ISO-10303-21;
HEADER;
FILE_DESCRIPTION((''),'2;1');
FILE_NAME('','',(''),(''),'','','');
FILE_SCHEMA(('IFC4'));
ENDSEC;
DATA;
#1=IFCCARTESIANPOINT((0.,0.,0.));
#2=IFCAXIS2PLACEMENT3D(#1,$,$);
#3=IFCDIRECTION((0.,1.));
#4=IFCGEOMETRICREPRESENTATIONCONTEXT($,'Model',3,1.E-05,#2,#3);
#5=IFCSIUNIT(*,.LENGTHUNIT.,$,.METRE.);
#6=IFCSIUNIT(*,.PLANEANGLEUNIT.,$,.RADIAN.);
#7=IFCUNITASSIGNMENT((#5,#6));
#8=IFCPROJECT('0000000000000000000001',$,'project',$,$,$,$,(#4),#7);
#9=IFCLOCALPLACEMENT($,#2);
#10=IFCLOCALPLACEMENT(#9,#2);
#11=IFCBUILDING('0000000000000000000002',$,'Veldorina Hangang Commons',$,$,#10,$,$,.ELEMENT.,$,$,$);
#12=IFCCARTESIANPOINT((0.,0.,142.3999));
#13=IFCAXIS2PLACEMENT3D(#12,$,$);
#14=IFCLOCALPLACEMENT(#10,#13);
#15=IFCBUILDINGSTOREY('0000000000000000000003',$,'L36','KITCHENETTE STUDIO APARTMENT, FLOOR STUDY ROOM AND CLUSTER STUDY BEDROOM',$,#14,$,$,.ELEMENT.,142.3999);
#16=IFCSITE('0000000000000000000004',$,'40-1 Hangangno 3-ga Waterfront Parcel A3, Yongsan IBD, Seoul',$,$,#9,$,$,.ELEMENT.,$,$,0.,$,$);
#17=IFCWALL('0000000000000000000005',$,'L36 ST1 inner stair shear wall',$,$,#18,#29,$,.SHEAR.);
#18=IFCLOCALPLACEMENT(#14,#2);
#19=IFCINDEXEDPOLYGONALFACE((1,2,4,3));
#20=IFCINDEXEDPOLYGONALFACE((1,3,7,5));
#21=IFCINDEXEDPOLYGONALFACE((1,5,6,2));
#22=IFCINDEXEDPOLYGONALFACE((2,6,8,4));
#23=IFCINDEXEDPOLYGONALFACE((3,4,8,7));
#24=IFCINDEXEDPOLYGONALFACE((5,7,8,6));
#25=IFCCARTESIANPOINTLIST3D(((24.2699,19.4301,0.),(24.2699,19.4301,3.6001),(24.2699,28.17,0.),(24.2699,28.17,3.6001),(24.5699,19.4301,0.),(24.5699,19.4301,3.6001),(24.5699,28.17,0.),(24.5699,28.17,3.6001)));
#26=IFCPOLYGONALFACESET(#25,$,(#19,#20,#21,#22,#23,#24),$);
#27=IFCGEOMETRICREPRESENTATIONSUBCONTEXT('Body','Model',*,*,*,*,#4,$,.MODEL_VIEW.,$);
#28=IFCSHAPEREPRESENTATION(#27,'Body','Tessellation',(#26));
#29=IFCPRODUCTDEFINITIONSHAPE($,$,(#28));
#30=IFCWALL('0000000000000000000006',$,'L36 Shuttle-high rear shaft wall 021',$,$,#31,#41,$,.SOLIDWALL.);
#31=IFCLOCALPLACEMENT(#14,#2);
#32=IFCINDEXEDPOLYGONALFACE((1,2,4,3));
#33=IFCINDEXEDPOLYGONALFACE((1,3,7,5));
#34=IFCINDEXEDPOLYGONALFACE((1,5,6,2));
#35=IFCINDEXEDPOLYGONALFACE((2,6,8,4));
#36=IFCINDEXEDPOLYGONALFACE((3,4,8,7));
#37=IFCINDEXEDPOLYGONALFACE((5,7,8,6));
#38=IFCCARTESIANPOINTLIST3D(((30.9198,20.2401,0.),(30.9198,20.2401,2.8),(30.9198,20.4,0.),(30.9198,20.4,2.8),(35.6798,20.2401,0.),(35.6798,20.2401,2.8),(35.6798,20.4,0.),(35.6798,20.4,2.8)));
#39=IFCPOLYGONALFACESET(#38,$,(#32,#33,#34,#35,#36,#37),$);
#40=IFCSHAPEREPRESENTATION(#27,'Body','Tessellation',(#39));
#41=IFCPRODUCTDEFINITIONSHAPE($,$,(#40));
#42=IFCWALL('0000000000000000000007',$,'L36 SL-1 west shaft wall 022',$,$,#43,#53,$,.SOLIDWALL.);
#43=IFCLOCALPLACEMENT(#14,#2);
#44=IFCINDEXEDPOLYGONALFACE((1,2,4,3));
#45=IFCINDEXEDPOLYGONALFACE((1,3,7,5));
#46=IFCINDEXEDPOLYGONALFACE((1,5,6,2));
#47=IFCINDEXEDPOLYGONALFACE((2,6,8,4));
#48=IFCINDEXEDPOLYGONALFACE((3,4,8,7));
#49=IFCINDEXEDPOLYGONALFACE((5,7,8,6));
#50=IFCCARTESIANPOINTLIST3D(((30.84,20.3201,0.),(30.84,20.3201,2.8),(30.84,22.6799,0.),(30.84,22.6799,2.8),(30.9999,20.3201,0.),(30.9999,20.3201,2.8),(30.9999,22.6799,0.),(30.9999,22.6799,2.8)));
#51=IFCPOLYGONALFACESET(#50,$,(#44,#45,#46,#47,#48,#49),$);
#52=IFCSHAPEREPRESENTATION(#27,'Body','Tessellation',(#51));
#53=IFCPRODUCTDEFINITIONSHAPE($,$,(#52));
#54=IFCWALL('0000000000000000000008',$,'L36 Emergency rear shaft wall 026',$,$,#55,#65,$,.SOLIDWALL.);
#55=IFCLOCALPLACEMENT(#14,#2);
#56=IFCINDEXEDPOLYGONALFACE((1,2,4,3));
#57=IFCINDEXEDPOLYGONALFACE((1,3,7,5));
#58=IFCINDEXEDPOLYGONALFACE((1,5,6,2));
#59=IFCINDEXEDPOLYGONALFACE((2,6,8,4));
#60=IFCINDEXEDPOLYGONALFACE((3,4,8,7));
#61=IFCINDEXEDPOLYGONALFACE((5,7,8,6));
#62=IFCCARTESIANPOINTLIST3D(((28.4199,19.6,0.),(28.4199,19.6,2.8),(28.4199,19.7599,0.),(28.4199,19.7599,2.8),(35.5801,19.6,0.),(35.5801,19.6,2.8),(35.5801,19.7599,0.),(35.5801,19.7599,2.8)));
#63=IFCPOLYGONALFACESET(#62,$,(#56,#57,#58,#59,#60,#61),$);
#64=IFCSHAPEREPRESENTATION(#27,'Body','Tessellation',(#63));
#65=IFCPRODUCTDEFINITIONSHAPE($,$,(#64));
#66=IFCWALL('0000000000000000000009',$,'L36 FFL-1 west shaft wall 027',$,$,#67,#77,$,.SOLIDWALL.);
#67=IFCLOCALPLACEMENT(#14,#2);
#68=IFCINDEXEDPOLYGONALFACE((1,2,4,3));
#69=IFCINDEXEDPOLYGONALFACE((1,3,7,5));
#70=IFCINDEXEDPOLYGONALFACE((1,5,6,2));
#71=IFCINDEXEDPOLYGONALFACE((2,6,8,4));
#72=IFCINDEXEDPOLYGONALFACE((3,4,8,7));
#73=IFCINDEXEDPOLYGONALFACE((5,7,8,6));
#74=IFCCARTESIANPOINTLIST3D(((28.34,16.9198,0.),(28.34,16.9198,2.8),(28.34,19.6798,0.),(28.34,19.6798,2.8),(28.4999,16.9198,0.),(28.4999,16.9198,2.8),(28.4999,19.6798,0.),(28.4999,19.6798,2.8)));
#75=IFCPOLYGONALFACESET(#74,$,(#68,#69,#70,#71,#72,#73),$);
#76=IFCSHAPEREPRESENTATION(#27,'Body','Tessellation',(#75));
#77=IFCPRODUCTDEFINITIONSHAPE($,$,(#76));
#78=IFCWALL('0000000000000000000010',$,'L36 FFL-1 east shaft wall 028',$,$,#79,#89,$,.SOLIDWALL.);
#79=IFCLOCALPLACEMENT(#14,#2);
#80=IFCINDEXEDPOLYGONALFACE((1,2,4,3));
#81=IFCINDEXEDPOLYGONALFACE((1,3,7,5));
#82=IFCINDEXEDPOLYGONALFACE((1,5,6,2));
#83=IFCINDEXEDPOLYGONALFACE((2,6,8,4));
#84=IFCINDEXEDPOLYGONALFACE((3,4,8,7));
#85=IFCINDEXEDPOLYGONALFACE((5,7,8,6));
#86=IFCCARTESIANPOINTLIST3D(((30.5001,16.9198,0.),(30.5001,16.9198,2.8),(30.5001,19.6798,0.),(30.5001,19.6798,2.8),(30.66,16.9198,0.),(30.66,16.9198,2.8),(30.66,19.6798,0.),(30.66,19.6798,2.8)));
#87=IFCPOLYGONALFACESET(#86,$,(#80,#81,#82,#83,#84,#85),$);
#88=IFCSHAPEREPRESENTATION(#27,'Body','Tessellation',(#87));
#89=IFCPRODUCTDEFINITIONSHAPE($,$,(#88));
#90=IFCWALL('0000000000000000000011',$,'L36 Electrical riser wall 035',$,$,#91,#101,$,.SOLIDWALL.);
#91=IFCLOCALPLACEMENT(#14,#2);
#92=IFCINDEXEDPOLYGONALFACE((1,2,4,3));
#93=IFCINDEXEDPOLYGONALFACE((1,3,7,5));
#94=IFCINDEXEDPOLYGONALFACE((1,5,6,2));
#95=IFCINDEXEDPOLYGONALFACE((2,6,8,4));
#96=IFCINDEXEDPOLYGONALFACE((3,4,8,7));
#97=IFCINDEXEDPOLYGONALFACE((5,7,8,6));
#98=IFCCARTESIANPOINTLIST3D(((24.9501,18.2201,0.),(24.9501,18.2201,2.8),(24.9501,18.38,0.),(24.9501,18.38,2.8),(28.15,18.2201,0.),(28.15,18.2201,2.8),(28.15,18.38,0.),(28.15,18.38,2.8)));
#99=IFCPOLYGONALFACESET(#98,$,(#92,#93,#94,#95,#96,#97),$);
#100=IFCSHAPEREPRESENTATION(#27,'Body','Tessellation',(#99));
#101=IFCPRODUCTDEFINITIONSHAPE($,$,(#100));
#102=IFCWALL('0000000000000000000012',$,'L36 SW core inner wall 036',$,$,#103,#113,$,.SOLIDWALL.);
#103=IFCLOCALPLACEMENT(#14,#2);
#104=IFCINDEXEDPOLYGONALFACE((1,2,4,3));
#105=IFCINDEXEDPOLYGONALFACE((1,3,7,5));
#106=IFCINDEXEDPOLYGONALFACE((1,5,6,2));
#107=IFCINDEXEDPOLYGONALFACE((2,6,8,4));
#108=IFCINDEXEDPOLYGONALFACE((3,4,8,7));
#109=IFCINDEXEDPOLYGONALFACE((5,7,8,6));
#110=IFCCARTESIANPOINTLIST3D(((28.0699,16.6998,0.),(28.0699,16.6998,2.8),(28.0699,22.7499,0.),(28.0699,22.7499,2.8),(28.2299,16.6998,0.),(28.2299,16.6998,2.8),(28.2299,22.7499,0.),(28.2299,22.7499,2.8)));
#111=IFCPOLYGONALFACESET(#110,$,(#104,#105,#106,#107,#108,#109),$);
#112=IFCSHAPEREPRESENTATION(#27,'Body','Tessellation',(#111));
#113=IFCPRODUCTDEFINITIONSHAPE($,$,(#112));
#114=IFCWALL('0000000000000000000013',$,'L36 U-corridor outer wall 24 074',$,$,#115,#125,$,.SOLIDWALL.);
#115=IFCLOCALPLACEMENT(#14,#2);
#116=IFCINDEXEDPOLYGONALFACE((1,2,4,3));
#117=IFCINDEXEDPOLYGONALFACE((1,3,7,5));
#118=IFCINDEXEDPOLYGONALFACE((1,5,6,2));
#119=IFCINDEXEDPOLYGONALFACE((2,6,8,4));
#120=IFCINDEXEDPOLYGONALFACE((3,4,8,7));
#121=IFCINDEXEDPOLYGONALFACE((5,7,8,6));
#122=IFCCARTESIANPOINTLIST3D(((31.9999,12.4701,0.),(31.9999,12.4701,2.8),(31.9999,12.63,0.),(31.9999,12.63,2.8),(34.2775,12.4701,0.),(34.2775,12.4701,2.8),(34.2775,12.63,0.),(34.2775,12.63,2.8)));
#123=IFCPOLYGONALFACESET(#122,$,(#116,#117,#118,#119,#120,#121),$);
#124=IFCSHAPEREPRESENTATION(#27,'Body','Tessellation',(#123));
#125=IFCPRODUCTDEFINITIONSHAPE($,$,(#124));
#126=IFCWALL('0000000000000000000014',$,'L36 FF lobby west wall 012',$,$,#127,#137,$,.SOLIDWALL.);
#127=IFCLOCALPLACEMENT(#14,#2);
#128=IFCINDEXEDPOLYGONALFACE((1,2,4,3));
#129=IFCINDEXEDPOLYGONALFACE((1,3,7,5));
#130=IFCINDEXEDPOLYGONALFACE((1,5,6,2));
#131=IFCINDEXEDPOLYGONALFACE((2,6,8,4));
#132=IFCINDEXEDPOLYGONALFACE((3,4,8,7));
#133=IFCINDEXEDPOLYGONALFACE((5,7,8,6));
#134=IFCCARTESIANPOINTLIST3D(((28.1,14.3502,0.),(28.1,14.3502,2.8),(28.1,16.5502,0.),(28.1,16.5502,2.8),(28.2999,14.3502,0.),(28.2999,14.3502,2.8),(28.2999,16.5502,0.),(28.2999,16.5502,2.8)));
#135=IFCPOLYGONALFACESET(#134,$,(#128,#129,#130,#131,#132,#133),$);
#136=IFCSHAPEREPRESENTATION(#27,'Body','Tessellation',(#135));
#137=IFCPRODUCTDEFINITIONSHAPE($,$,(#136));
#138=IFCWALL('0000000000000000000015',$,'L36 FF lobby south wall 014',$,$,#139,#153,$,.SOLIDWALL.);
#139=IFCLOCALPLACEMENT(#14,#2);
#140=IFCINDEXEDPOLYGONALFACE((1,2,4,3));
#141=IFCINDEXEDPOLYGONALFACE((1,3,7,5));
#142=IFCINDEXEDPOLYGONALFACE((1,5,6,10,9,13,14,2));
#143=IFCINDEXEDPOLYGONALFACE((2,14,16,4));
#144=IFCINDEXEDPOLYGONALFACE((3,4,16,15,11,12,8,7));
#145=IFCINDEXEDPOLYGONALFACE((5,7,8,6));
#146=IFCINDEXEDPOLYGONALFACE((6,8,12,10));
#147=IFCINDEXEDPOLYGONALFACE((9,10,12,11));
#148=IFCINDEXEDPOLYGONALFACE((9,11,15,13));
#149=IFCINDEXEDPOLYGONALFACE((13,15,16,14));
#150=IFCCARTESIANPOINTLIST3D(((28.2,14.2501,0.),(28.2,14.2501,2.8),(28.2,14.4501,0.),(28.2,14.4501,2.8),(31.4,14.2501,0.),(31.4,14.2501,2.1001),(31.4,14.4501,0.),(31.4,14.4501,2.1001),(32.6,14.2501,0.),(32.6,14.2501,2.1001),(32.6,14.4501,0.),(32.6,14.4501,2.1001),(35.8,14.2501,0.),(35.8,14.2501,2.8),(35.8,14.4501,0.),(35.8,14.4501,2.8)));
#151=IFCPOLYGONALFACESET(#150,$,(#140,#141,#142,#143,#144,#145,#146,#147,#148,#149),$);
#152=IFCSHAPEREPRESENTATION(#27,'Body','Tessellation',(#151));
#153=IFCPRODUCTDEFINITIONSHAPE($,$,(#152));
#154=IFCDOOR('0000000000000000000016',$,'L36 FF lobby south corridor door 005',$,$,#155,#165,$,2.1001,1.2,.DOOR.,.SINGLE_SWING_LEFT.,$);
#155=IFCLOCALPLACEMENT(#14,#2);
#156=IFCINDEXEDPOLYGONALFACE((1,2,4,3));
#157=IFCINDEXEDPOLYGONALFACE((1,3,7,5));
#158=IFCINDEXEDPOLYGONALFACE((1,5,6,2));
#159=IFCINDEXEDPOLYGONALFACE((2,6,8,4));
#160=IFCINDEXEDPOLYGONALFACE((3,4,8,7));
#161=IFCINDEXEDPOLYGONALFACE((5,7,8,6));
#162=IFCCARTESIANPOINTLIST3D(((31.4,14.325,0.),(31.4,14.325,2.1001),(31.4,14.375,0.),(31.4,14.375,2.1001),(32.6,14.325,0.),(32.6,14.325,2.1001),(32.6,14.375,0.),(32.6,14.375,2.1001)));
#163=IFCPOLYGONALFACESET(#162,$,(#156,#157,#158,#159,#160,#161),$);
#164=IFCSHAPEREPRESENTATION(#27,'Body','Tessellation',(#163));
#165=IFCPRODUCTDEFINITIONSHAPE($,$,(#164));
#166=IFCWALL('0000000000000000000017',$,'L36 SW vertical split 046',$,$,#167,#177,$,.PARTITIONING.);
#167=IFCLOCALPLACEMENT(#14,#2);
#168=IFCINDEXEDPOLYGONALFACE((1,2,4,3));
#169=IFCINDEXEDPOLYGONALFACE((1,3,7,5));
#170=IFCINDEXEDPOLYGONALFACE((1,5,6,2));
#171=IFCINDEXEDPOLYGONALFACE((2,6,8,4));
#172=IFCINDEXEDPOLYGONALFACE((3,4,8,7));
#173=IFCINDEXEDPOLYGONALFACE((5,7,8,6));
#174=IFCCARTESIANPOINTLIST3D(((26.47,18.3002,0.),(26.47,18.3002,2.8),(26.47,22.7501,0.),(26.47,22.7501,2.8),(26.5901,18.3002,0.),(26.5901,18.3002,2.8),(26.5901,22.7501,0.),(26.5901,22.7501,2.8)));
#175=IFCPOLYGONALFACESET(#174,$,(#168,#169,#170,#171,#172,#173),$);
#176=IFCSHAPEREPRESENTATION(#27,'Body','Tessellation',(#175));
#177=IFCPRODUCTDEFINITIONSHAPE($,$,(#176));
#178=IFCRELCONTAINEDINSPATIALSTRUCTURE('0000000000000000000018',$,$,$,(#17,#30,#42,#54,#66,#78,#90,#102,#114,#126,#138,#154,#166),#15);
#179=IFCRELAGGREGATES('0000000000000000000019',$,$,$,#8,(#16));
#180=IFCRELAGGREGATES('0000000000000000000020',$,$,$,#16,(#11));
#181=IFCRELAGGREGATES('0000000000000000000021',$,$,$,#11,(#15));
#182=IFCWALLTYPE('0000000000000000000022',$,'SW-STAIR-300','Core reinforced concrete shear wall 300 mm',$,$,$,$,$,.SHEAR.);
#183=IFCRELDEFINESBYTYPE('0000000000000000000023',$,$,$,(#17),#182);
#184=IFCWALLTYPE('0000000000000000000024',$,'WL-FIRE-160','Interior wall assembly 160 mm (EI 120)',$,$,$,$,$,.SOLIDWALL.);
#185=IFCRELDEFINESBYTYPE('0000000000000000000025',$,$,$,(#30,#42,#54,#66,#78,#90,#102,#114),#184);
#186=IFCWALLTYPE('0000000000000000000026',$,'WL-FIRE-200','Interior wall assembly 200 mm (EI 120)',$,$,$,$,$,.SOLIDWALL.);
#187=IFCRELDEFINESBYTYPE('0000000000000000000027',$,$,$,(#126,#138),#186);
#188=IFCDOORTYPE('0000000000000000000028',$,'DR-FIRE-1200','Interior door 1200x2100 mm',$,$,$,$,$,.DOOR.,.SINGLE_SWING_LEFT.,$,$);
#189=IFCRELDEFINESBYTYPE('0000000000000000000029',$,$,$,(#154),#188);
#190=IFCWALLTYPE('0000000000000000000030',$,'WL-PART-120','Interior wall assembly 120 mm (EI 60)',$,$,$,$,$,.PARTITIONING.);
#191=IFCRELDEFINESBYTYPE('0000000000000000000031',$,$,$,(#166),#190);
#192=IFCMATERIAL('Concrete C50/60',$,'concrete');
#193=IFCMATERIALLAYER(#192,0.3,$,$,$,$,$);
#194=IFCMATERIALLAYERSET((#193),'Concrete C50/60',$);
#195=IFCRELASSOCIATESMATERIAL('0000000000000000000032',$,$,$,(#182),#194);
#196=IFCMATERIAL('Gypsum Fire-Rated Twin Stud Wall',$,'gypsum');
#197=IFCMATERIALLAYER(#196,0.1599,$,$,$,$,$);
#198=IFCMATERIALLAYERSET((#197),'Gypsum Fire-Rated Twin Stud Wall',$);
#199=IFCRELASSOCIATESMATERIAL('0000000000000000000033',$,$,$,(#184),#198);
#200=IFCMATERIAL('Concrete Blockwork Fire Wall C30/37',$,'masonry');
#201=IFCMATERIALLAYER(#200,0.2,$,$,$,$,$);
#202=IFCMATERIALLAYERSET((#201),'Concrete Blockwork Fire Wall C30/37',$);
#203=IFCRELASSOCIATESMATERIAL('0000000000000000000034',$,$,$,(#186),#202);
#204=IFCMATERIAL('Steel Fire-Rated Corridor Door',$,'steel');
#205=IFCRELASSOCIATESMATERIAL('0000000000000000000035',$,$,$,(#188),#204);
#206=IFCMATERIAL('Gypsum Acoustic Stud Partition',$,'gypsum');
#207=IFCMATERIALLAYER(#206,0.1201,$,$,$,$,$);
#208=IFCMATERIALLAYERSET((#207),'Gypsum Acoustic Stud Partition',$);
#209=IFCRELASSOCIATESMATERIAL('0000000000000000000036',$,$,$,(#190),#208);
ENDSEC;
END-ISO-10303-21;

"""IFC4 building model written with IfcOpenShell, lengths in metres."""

from ifc_helpers import new_model, si_unit, direction, frame, frame_2d, origin, place, context, subcontext, project, spatial, rectangle, extrude, material, layer, layer_set, type_object, element, fill, save


model = new_model("IFC4")

# Units and contexts
model_context = context("Model", 3, precision=1e-05, world=origin(), true_north=direction((0.0, 1.0)))
body_context = subcontext(model_context, "Body", "Model", "MODEL_VIEW")
ifc_project = project(units=[si_unit("LENGTHUNIT", "METRE"), si_unit("PLANEANGLEUNIT", "RADIAN")], contexts=[model_context])

# Site, building, storey
site_placement = place(None, origin())
site = spatial("IfcSite", under=ifc_project, at=site_placement, Name="40-1 Hangangno 3-ga Waterfront Parcel A3, Yongsan IBD, Seoul", CompositionType="ELEMENT", RefElevation=0.0)
building_placement = place(site_placement, origin())
building = spatial("IfcBuilding", under=site, at=building_placement, Name="Veldorina Hangang Commons", CompositionType="ELEMENT")
storey_placement = place(building_placement, frame((0.0, 0.0, 142.3999)))
storey = spatial("IfcBuildingStorey", under=building, at=storey_placement, Name="L36", Description="KITCHENETTE STUDIO APARTMENT, FLOOR STUDY ROOM AND CLUSTER STUDY BEDROOM", CompositionType="ELEMENT", Elevation=142.3999)

# Walls
ifc_material_1 = material(Name="Concrete C50/60", Category="concrete")
ifc_layer_1 = layer(ifc_material_1, 0.3)
ifc_layer_set_1 = layer_set([ifc_layer_1], Name="Concrete C50/60")
wall_type_1 = type_object("IfcWallType", Name="SW-STAIR-300", Description="Core reinforced concrete shear wall 300 mm", PredefinedType="SHEAR", material=ifc_layer_set_1)
wall_1_placement = place(storey_placement, frame((24.4199, 19.4299, 0.0), z_axis=(0.0, 0.0, 1.0), x_axis=(0.0, 1.0, 0.0)))
element("IfcWall", 1, at=wall_1_placement, inside=storey, type_object=wall_type_1, Name="L36 ST1 inner stair shear wall", PredefinedType="SHEAR", context=body_context, shape_type="SweptSolid", body=[
    extrude(rectangle(XDim=8.74, YDim=0.3, at=frame_2d((4.3701, 0.0))), origin(), (0.0, 0.0, 1.0), 3.6001),
])
ifc_material_2 = material(Name="Gypsum Fire-Rated Twin Stud Wall", Category="gypsum")
ifc_layer_2 = layer(ifc_material_2, 0.1599)
ifc_layer_set_2 = layer_set([ifc_layer_2], Name="Gypsum Fire-Rated Twin Stud Wall")
wall_type_2 = type_object("IfcWallType", Name="WL-FIRE-160", Description="Interior wall assembly 160 mm (EI 120)", PredefinedType="SOLIDWALL", material=ifc_layer_set_2)
wall_2_placement = place(storey_placement, frame((30.9199, 20.3201, 0.0), z_axis=(0.0, 0.0, 1.0), x_axis=(1.0, 0.0, 0.0)))
element("IfcWall", 2, at=wall_2_placement, inside=storey, type_object=wall_type_2, Name="L36 Shuttle-high rear shaft wall 021", PredefinedType="SOLIDWALL", context=body_context, shape_type="SweptSolid", body=[
    extrude(rectangle(XDim=4.76, YDim=0.1599, at=frame_2d((2.3799, 0.0))), origin(), (0.0, 0.0, 1.0), 2.8),
])
wall_3_placement = place(storey_placement, frame((30.9199, 20.3201, 0.0), z_axis=(0.0, 0.0, 1.0), x_axis=(0.0, 1.0, 0.0)))
element("IfcWall", 3, at=wall_3_placement, inside=storey, type_object=wall_type_2, Name="L36 SL-1 west shaft wall 022", PredefinedType="SOLIDWALL", context=body_context, shape_type="SweptSolid", body=[
    extrude(rectangle(XDim=2.3599, YDim=0.1599, at=frame_2d((1.1799, 0.0))), origin(), (0.0, 0.0, 1.0), 2.8),
])

# Walls
wall_4_placement = place(storey_placement, frame((28.4199, 19.6799, 0.0), z_axis=(0.0, 0.0, 1.0), x_axis=(1.0, 0.0, 0.0)))
element("IfcWall", 4, at=wall_4_placement, inside=storey, type_object=wall_type_2, Name="L36 Emergency rear shaft wall 026", PredefinedType="SOLIDWALL", context=body_context, shape_type="SweptSolid", body=[
    extrude(rectangle(XDim=7.1602, YDim=0.1599, at=frame_2d((3.5801, 0.0))), origin(), (0.0, 0.0, 1.0), 2.8),
])
for number, where, z_axis, x_axis, name in (
    (5, (28.4199, 16.9199, 0.0), (0.0, 0.0, 1.0), (0.0, 1.0, 0.0), "L36 FFL-1 west shaft wall 027"),
    (6, (30.5801, 16.9199, 0.0), (0.0, 0.0, 1.0), (0.0, 1.0, 0.0), "L36 FFL-1 east shaft wall 028"),
):
    element("IfcWall", number, at=place(storey_placement, frame(where, z_axis=z_axis, x_axis=x_axis)), inside=storey, type_object=wall_type_2, Name=name, PredefinedType="SOLIDWALL", context=body_context, shape_type="SweptSolid", body=[
        extrude(rectangle(XDim=2.76, YDim=0.1599, at=frame_2d((1.3799, 0.0))), origin(), (0.0, 0.0, 1.0), 2.8),
    ])
wall_5_placement = place(storey_placement, frame((24.95, 18.3, 0.0), z_axis=(0.0, 0.0, 1.0), x_axis=(1.0, 0.0, 0.0)))
element("IfcWall", 7, at=wall_5_placement, inside=storey, type_object=wall_type_2, Name="L36 Electrical riser wall 035", PredefinedType="SOLIDWALL", context=body_context, shape_type="SweptSolid", body=[
    extrude(rectangle(XDim=3.2, YDim=0.1599, at=frame_2d((1.6001, 0.0))), origin(), (0.0, 0.0, 1.0), 2.8),
])
wall_6_placement = place(storey_placement, frame((28.1499, 16.7, 0.0), z_axis=(0.0, 0.0, 1.0), x_axis=(0.0, 1.0, 0.0)))
element("IfcWall", 8, at=wall_6_placement, inside=storey, type_object=wall_type_2, Name="L36 SW core inner wall 036", PredefinedType="SOLIDWALL", context=body_context, shape_type="SweptSolid", body=[
    extrude(rectangle(XDim=6.05, YDim=0.1599, at=frame_2d((3.0249, 0.0))), origin(), (0.0, 0.0, 1.0), 2.8),
])
wall_7_placement = place(storey_placement, frame((32.0, 12.55, 0.0), z_axis=(0.0, 0.0, 1.0), x_axis=(1.0, 0.0, 0.0)))
element("IfcWall", 9, at=wall_7_placement, inside=storey, type_object=wall_type_2, Name="L36 U-corridor outer wall 24 074", PredefinedType="SOLIDWALL", context=body_context, shape_type="SweptSolid", body=[
    extrude(rectangle(XDim=2.2776, YDim=0.1599, at=frame_2d((1.1387, 0.0))), origin(), (0.0, 0.0, 1.0), 2.8),
])
ifc_material_3 = material(Name="Concrete Blockwork Fire Wall C30/37", Category="masonry")
ifc_layer_3 = layer(ifc_material_3, 0.2)
ifc_layer_set_3 = layer_set([ifc_layer_3], Name="Concrete Blockwork Fire Wall C30/37")
wall_type_3 = type_object("IfcWallType", Name="WL-FIRE-200", Description="Interior wall assembly 200 mm (EI 120)", PredefinedType="SOLIDWALL", material=ifc_layer_set_3)
wall_8_placement = place(storey_placement, frame((28.2, 14.3501, 0.0), z_axis=(0.0, 0.0, 1.0), x_axis=(0.0, 1.0, 0.0)))
element("IfcWall", 10, at=wall_8_placement, inside=storey, type_object=wall_type_3, Name="L36 FF lobby west wall 012", PredefinedType="SOLIDWALL", context=body_context, shape_type="SweptSolid", body=[
    extrude(rectangle(XDim=2.2, YDim=0.2, at=frame_2d((1.1001, 0.0))), origin(), (0.0, 0.0, 1.0), 2.8),
])

# Wall, opening, door
wall_9_placement = place(storey_placement, frame((28.2, 14.3501, 0.0), z_axis=(0.0, 0.0, 1.0), x_axis=(1.0, 0.0, 0.0)))
wall_9 = element("IfcWall", 11, at=wall_9_placement, inside=storey, type_object=wall_type_3, Name="L36 FF lobby south wall 014", PredefinedType="SOLIDWALL", context=body_context, shape_type="SweptSolid", body=[
    extrude(rectangle(XDim=7.6001, YDim=0.2, at=frame_2d((3.8, 0.0))), origin(), (0.0, 0.0, 1.0), 2.8),
])
opening_1_placement = place(wall_9_placement, frame((3.2, 0.0, 0.0)))
opening_1 = element("IfcOpeningElement", 12, at=opening_1_placement, cuts=wall_9, PredefinedType="OPENING", context=body_context, shape_type="SweptSolid", body=[
    extrude(rectangle(XDim=1.2, YDim=2.1001, at=frame_2d((0.6001, 1.05))), frame((0.0, 0.1099, 0.0), z_axis=(0.0, -1.0, 0.0), x_axis=(1.0, 0.0, 0.0)), (0.0, 0.0, 1.0), 0.22),
])
ifc_material_4 = material(Name="Steel Fire-Rated Corridor Door", Category="steel")
door_type_1 = type_object("IfcDoorType", Name="DR-FIRE-1200", Description="Interior door 1200x2100 mm", OperationType="SINGLE_SWING_LEFT", PredefinedType="DOOR", material=ifc_material_4)
door_1_placement = place(opening_1_placement, origin())
door_1 = element("IfcDoor", 13, at=door_1_placement, inside=storey, type_object=door_type_1, Name="L36 FF lobby south corridor door 005", OperationType="SINGLE_SWING_LEFT", OverallHeight=2.1001, OverallWidth=1.2, PredefinedType="DOOR", context=body_context, shape_type="SweptSolid", body=[
    extrude(rectangle(XDim=1.2, YDim=2.1001, at=frame_2d((0.6001, 1.05))), frame((0.0, 0.0249, 0.0), z_axis=(0.0, -1.0, 0.0), x_axis=(1.0, 0.0, 0.0)), (0.0, 0.0, 1.0), 0.05),
])
fill(opening_1, door_1)

# Wall
ifc_material_5 = material(Name="Gypsum Acoustic Stud Partition", Category="gypsum")
ifc_layer_4 = layer(ifc_material_5, 0.1201)
ifc_layer_set_4 = layer_set([ifc_layer_4], Name="Gypsum Acoustic Stud Partition")
wall_type_4 = type_object("IfcWallType", Name="WL-PART-120", Description="Interior wall assembly 120 mm (EI 60)", PredefinedType="PARTITIONING", material=ifc_layer_set_4)
wall_10_placement = place(storey_placement, frame((26.53, 18.3, 0.0), z_axis=(0.0, 0.0, 1.0), x_axis=(0.0, 1.0, 0.0)))
element("IfcWall", 14, at=wall_10_placement, inside=storey, type_object=wall_type_4, Name="L36 SW vertical split 046", PredefinedType="PARTITIONING", context=body_context, shape_type="SweptSolid", body=[
    extrude(rectangle(XDim=4.45, YDim=0.1201, at=frame_2d((2.2251, 0.0))), origin(), (0.0, 0.0, 1.0), 2.8),
])

save(model, "model.ifc")
